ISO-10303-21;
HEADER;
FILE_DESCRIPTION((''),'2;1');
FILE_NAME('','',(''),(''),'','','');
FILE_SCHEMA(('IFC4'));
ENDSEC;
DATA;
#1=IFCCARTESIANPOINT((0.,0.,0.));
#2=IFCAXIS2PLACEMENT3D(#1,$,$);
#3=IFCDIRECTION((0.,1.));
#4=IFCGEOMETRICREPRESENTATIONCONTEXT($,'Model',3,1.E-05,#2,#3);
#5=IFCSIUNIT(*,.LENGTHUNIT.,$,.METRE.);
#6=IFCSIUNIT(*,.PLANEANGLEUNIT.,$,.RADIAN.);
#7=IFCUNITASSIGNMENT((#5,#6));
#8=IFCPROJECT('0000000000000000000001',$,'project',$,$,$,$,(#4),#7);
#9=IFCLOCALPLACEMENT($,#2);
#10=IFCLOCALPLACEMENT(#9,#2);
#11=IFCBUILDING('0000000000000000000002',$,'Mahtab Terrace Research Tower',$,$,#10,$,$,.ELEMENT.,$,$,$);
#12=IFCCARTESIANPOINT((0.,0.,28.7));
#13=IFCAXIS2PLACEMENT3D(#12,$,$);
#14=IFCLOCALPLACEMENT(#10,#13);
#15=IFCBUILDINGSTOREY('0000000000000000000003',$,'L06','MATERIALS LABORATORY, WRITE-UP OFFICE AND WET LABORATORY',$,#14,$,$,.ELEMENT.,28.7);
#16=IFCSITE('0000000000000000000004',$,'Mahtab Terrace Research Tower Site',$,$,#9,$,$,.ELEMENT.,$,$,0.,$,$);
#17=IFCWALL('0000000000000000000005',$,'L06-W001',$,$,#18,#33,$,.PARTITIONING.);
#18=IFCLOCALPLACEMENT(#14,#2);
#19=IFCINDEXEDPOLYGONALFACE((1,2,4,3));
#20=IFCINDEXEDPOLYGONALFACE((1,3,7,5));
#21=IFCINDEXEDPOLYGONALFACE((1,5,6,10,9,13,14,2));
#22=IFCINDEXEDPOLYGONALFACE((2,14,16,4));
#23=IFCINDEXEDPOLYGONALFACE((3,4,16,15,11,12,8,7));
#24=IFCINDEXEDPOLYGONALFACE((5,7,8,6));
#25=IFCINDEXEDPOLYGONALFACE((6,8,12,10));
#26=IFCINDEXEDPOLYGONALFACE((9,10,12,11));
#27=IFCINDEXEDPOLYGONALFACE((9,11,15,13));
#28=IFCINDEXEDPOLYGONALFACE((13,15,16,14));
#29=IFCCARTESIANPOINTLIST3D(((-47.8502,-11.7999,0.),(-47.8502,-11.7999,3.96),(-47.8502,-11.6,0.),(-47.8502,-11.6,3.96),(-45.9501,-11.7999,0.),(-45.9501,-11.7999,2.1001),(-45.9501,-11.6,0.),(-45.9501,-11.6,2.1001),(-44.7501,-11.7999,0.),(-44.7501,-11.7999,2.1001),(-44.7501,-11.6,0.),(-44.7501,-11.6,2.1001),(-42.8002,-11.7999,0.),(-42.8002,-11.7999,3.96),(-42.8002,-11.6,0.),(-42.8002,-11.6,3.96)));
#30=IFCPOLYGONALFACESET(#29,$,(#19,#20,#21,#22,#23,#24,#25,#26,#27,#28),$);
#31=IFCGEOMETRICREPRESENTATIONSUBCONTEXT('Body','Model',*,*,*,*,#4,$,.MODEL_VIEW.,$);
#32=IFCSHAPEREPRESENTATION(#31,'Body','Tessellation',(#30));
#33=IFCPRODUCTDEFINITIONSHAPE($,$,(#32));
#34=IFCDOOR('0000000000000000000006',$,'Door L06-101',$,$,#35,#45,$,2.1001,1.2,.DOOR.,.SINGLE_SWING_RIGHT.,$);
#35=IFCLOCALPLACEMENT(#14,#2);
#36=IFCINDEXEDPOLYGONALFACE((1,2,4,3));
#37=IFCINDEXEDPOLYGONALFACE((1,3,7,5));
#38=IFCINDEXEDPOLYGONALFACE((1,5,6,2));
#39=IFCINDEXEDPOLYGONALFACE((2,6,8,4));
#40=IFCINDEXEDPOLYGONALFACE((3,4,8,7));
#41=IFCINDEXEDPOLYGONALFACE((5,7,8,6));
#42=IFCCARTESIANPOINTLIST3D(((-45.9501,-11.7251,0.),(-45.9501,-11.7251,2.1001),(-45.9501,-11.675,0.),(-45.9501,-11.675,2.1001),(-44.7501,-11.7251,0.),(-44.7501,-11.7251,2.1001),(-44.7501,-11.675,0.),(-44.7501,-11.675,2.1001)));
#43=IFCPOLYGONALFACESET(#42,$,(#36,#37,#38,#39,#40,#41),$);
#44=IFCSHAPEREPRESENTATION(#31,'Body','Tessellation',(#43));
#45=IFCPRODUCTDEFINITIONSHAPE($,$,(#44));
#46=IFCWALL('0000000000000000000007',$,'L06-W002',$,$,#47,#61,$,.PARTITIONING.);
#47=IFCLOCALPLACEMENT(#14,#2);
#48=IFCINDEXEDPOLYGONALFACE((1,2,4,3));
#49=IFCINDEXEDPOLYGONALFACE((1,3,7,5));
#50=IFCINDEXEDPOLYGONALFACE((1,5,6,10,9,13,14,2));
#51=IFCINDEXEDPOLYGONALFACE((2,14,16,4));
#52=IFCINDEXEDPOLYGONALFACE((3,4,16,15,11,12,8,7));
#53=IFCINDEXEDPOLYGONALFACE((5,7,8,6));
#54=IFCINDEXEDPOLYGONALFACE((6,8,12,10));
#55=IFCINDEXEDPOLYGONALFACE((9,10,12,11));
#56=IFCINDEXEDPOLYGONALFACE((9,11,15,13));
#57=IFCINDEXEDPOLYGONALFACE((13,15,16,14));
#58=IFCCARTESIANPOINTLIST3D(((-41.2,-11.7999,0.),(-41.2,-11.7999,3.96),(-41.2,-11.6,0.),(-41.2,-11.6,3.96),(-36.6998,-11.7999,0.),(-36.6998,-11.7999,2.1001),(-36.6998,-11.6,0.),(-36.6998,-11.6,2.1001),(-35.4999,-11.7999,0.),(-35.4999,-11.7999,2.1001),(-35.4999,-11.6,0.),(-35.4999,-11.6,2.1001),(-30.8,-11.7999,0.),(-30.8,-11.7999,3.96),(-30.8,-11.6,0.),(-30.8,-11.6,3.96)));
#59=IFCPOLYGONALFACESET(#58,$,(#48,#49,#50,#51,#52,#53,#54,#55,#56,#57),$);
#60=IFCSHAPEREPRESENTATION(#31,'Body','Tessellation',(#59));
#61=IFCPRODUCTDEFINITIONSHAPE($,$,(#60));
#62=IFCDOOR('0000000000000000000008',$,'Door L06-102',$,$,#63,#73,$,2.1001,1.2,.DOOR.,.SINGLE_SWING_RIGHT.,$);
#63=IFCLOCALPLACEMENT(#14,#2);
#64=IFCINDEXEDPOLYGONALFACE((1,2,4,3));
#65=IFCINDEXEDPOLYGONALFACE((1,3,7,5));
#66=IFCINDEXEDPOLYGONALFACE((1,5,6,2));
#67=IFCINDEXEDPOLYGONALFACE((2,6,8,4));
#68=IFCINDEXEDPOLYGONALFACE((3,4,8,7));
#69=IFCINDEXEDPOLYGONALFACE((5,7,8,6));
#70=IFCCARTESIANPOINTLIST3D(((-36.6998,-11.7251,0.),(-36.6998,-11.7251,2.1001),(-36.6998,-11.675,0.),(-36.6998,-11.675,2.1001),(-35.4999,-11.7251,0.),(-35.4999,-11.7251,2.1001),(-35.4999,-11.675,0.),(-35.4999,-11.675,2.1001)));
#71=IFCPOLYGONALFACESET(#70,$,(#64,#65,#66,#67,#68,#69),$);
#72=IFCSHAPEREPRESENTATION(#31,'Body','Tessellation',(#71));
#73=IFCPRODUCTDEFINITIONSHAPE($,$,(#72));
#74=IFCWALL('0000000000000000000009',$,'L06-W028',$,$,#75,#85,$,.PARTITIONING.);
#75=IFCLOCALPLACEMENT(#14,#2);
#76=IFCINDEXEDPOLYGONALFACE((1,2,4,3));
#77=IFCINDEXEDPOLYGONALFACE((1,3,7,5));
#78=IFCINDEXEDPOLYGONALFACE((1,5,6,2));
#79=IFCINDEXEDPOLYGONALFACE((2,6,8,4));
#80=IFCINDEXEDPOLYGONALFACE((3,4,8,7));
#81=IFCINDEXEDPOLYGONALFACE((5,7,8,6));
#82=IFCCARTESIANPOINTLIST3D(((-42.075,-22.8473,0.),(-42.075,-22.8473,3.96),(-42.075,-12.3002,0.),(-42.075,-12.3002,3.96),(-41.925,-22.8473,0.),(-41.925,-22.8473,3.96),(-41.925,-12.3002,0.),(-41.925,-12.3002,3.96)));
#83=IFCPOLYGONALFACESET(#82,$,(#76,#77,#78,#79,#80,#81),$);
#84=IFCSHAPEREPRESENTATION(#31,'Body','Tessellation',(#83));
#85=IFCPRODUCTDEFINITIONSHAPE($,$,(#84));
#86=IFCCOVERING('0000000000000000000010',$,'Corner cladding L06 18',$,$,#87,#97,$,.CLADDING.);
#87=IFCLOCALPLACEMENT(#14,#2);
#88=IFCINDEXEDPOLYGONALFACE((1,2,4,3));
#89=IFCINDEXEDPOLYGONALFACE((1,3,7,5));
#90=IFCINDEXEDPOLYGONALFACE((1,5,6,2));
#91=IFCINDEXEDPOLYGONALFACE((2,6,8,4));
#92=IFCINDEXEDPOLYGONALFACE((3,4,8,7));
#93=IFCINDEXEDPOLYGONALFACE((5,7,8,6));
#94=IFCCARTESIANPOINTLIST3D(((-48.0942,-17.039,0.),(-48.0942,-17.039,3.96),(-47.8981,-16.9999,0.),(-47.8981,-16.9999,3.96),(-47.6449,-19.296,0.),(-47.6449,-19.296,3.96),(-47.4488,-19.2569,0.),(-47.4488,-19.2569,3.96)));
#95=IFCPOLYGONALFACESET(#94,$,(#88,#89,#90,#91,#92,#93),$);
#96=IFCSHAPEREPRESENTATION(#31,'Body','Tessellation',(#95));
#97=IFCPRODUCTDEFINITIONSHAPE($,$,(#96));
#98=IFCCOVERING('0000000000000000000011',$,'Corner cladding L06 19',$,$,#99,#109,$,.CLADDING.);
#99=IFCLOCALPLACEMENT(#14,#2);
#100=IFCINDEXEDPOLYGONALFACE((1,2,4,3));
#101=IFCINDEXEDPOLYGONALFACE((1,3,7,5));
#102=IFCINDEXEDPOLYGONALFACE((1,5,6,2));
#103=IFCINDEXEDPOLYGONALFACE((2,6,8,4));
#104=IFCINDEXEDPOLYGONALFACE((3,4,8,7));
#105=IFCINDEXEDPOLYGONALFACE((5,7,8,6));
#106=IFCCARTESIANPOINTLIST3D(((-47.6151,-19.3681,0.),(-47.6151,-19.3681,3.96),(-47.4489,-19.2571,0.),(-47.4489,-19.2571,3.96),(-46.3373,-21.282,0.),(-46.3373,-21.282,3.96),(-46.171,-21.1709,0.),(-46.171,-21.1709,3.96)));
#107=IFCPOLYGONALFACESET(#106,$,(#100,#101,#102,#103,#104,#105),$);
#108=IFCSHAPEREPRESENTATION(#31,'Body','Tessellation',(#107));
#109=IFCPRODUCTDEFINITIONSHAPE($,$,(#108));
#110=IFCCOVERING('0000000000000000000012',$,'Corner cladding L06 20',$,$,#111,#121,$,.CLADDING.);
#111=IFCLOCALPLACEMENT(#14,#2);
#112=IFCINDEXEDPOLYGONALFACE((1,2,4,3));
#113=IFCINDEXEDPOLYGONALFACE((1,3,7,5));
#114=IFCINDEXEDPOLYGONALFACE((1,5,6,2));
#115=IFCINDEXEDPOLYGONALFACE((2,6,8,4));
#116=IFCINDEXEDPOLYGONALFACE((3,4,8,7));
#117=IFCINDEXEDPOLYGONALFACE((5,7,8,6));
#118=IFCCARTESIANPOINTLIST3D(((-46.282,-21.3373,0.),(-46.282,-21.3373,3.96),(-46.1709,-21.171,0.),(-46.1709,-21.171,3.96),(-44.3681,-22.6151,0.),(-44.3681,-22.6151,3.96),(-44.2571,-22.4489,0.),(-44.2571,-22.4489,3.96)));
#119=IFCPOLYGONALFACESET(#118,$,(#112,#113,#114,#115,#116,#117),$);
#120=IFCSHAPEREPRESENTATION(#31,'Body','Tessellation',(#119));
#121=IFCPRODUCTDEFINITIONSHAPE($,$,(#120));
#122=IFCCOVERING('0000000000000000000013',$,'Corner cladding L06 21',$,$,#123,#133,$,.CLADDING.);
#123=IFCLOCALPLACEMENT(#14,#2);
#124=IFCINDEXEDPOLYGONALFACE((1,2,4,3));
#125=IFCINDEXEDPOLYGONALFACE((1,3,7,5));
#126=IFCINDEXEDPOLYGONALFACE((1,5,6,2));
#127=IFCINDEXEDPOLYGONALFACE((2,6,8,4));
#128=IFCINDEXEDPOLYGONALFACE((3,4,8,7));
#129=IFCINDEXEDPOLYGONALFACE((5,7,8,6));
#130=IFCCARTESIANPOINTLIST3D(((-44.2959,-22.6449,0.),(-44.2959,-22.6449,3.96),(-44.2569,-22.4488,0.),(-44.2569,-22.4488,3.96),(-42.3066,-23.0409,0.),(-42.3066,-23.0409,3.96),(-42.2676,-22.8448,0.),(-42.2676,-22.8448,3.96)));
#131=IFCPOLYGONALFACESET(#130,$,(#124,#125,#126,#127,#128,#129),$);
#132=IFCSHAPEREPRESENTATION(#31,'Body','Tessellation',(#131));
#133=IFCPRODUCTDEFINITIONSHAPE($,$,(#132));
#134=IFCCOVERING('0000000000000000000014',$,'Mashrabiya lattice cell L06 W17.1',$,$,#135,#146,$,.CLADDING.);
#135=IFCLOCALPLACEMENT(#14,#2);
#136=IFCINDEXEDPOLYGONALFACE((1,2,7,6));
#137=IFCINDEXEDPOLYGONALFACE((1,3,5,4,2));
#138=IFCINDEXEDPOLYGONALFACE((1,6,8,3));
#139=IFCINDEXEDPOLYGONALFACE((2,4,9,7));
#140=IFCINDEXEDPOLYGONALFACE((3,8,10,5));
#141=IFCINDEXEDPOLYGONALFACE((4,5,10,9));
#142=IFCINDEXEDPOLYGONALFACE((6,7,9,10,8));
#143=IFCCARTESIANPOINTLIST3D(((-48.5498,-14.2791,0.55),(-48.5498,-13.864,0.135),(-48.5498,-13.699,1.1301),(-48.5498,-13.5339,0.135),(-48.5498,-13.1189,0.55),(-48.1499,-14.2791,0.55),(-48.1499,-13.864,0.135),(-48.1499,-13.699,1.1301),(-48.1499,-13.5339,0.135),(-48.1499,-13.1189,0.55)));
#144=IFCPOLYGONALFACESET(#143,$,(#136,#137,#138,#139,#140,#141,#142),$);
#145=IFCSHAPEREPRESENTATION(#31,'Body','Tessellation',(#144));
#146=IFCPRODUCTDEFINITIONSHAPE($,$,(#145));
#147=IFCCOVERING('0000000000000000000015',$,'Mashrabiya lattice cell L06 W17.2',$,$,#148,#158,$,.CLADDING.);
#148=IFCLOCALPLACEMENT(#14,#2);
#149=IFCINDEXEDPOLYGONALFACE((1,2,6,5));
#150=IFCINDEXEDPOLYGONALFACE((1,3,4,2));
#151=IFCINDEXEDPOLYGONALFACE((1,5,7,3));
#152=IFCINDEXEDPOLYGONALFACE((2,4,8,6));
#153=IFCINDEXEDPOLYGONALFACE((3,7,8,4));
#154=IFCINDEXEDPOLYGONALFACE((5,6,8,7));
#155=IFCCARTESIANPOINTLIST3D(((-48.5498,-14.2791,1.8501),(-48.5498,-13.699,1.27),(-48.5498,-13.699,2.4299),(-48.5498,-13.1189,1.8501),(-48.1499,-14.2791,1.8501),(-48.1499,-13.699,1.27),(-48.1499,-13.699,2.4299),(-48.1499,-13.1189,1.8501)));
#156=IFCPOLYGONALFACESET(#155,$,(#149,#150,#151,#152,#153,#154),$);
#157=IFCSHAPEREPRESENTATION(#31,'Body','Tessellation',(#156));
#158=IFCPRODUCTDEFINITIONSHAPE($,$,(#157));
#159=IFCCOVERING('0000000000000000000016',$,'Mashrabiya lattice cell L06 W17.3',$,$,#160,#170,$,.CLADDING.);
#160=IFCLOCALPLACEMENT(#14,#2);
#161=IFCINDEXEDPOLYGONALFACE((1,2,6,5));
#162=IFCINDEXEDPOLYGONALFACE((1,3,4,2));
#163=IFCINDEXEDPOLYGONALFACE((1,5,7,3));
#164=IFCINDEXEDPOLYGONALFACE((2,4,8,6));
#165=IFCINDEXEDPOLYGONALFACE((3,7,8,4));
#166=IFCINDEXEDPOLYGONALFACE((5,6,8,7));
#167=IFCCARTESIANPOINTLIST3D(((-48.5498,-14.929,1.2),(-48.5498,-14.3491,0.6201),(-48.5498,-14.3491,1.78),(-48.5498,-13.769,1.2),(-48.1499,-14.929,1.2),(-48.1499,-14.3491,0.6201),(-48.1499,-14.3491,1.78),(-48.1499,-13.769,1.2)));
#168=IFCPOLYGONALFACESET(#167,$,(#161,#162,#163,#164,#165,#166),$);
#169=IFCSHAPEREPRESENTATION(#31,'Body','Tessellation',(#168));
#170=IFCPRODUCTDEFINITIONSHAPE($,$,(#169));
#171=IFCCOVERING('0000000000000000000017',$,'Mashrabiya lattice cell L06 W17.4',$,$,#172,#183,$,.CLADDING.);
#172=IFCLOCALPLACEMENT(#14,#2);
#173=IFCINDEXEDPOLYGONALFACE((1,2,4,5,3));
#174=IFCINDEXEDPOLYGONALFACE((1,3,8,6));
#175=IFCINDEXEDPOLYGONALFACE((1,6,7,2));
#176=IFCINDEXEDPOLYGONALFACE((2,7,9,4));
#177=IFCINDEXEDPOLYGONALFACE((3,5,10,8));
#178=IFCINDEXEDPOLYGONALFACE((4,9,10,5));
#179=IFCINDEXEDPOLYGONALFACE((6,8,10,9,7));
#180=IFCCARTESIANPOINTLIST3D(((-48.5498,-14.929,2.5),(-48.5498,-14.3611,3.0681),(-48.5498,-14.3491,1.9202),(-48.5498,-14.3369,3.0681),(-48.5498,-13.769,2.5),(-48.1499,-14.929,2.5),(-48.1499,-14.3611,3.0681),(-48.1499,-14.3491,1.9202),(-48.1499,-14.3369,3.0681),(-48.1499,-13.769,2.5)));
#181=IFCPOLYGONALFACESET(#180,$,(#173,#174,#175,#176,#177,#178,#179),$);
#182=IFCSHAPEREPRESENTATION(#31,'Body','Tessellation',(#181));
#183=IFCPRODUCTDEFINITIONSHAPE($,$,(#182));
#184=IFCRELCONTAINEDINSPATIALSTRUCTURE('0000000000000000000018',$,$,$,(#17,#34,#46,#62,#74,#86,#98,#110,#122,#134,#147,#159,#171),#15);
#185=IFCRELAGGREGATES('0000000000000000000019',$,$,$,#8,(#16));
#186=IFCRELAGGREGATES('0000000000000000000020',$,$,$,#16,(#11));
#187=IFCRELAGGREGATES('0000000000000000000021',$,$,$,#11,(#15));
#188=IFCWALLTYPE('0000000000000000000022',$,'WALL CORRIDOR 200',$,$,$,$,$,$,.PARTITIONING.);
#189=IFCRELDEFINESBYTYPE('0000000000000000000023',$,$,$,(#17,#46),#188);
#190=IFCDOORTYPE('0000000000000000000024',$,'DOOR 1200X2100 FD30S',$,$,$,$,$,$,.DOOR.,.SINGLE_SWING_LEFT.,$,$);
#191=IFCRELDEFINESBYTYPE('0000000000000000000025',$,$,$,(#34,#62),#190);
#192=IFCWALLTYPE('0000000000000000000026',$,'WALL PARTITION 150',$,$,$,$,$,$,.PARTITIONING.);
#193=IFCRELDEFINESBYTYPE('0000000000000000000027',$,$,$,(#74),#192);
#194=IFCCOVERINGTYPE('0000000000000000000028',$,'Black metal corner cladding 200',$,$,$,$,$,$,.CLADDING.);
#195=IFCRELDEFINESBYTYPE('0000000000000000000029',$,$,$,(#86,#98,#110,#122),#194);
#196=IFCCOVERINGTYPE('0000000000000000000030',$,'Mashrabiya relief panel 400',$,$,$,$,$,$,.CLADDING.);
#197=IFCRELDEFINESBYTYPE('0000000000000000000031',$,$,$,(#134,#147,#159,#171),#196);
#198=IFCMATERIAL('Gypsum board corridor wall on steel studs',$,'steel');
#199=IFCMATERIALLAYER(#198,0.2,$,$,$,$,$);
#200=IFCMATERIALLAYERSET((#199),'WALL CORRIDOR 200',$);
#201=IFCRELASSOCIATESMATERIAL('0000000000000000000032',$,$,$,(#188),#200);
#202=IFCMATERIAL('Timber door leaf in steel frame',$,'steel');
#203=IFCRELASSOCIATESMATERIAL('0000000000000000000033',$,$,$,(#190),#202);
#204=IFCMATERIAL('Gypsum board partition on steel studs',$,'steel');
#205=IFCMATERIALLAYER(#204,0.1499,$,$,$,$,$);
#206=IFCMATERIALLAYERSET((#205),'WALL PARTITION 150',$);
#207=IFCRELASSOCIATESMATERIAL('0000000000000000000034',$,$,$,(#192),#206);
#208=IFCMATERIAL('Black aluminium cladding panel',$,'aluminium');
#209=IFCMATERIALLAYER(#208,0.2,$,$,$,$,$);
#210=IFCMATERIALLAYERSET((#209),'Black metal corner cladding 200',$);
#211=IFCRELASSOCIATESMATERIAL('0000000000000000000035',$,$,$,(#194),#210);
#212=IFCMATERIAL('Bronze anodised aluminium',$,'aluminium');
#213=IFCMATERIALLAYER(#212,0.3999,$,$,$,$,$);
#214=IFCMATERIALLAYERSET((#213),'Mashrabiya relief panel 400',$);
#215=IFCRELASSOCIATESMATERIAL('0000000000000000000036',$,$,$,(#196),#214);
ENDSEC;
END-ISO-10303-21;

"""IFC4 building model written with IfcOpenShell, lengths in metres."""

from ifc_helpers import new_model, si_unit, direction, frame, frame_2d, origin, origin_2d, place, context, subcontext, project, spatial, polyline, rectangle, outline, extrude, material, layer, layer_set, type_object, element, fill, save


model = new_model("IFC4")

# Units and contexts
model_context = context("Model", 3, precision=1e-05, world=origin(), true_north=direction((0.0, 1.0)))
body_context = subcontext(model_context, "Body", "Model", "MODEL_VIEW")
ifc_project = project(units=[si_unit("LENGTHUNIT", "METRE"), si_unit("PLANEANGLEUNIT", "RADIAN")], contexts=[model_context])

# Site, building, storey
site_placement = place(None, origin())
site = spatial("IfcSite", under=ifc_project, at=site_placement, Name="Mahtab Terrace Research Tower Site", CompositionType="ELEMENT", RefElevation=0.0)
building_placement = place(site_placement, origin())
building = spatial("IfcBuilding", under=site, at=building_placement, Name="Mahtab Terrace Research Tower", CompositionType="ELEMENT")
storey_placement = place(building_placement, frame((0.0, 0.0, 28.7)))
storey = spatial("IfcBuildingStorey", under=building, at=storey_placement, Name="L06", Description="MATERIALS LABORATORY, WRITE-UP OFFICE AND WET LABORATORY", CompositionType="ELEMENT", Elevation=28.7)

# Shared definitions
ifc_material_1 = material(Name="Black aluminium cladding panel", Category="aluminium")

# Walls, openings, doors
ifc_material_2 = material(Name="Gypsum board corridor wall on steel studs", Category="steel")
ifc_layer_1 = layer(ifc_material_2, 0.2)
ifc_layer_set_1 = layer_set([ifc_layer_1], Name="WALL CORRIDOR 200")
wall_type_1 = type_object("IfcWallType", Name="WALL CORRIDOR 200", PredefinedType="PARTITIONING", material=ifc_layer_set_1)
wall_1_placement = place(storey_placement, frame((-47.8501, -11.7, 0.0), z_axis=(0.0, 0.0, 1.0), x_axis=(1.0, 0.0, 0.0)))
wall_1 = element("IfcWall", 1, at=wall_1_placement, inside=storey, type_object=wall_type_1, Name="L06-W001", PredefinedType="PARTITIONING", context=body_context, shape_type="SweptSolid", body=[
    extrude(rectangle(XDim=5.05, YDim=0.2, at=frame_2d((2.5249, 0.0))), origin(), (0.0, 0.0, 1.0), 3.96),
])
opening_1_placement = place(wall_1_placement, frame((1.8999, 0.0, 0.0)))
opening_1 = element("IfcOpeningElement", 2, at=opening_1_placement, cuts=wall_1, PredefinedType="OPENING", context=body_context, shape_type="SweptSolid", body=[
    extrude(rectangle(XDim=1.2, YDim=2.1001, at=frame_2d((0.6001, 1.05))), frame((0.0, 0.1099, 0.0), z_axis=(0.0, -1.0, 0.0), x_axis=(1.0, 0.0, 0.0)), (0.0, 0.0, 1.0), 0.22),
])
ifc_material_3 = material(Name="Timber door leaf in steel frame", Category="steel")
door_type = type_object("IfcDoorType", Name="DOOR 1200X2100 FD30S", OperationType="SINGLE_SWING_LEFT", PredefinedType="DOOR", material=ifc_material_3)
door_1_placement = place(opening_1_placement, origin())
door_1 = element("IfcDoor", 3, at=door_1_placement, inside=storey, type_object=door_type, Name="Door L06-101", OperationType="SINGLE_SWING_RIGHT", OverallHeight=2.1001, OverallWidth=1.2, PredefinedType="DOOR", context=body_context, shape_type="SweptSolid", body=[
    extrude(rectangle(XDim=1.2, YDim=2.1001, at=frame_2d((0.6001, 1.05))), frame((0.0, 0.0249, 0.0), z_axis=(0.0, -1.0, 0.0), x_axis=(1.0, 0.0, 0.0)), (0.0, 0.0, 1.0), 0.05),
])
fill(opening_1, door_1)
wall_2_placement = place(storey_placement, frame((-41.2, -11.7, 0.0), z_axis=(0.0, 0.0, 1.0), x_axis=(1.0, 0.0, 0.0)))
wall_2 = element("IfcWall", 4, at=wall_2_placement, inside=storey, type_object=wall_type_1, Name="L06-W002", PredefinedType="PARTITIONING", context=body_context, shape_type="SweptSolid", body=[
    extrude(rectangle(XDim=10.3999, YDim=0.2, at=frame_2d((5.2, 0.0))), origin(), (0.0, 0.0, 1.0), 3.96),
])
opening_2_placement = place(wall_2_placement, frame((4.5, 0.0, 0.0)))
opening_2 = element("IfcOpeningElement", 5, at=opening_2_placement, cuts=wall_2, PredefinedType="OPENING", context=body_context, shape_type="SweptSolid", body=[
    extrude(rectangle(XDim=1.2, YDim=2.1001, at=frame_2d((0.6001, 1.05))), frame((0.0, 0.1099, 0.0), z_axis=(0.0, -1.0, 0.0), x_axis=(1.0, 0.0, 0.0)), (0.0, 0.0, 1.0), 0.22),
])
door_2_placement = place(opening_2_placement, origin())
door_2 = element("IfcDoor", 6, at=door_2_placement, inside=storey, type_object=door_type, Name="Door L06-102", OperationType="SINGLE_SWING_RIGHT", OverallHeight=2.1001, OverallWidth=1.2, PredefinedType="DOOR", context=body_context, shape_type="SweptSolid", body=[
    extrude(rectangle(XDim=1.2, YDim=2.1001, at=frame_2d((0.6001, 1.05))), frame((0.0, 0.0249, 0.0), z_axis=(0.0, -1.0, 0.0), x_axis=(1.0, 0.0, 0.0)), (0.0, 0.0, 1.0), 0.05),
])
fill(opening_2, door_2)

# Wall
ifc_material_4 = material(Name="Gypsum board partition on steel studs", Category="steel")
ifc_layer_2 = layer(ifc_material_4, 0.1499)
ifc_layer_set_2 = layer_set([ifc_layer_2], Name="WALL PARTITION 150")
wall_type_2 = type_object("IfcWallType", Name="WALL PARTITION 150", PredefinedType="PARTITIONING", material=ifc_layer_set_2)
wall_3_placement = place(storey_placement, frame((-42.0, -22.8472, 0.0), z_axis=(0.0, 0.0, 1.0), x_axis=(0.0, 1.0, 0.0)))
element("IfcWall", 7, at=wall_3_placement, inside=storey, type_object=wall_type_2, Name="L06-W028", PredefinedType="PARTITIONING", context=body_context, shape_type="SweptSolid", body=[
    extrude(rectangle(XDim=10.5471, YDim=0.1499, at=frame_2d((5.2734, 0.0))), origin(), (0.0, 0.0, 1.0), 3.96),
])

# Coverings
ifc_layer_3 = layer(ifc_material_1, 0.2)
ifc_layer_set_3 = layer_set([ifc_layer_3], Name="Black metal corner cladding 200")
covering_type_1 = type_object("IfcCoveringType", Name="Black metal corner cladding 200", PredefinedType="CLADDING", material=ifc_layer_set_3)
for number, where, z_axis, x_axis, name in (
    (8, (-47.7715, -18.1479, 0.0), (0.0, 0.0, 1.0), (0.195212, -0.980761, 0.0), "Corner cladding L06 18"),
    (9, (-46.8931, -20.2695, 0.0), (0.0, 0.0, 1.0), (0.555291, -0.831656, 0.0), "Corner cladding L06 19"),
    (10, (-45.2695, -21.8931, 0.0), (0.0, 0.0, 1.0), (0.831656, -0.555291, 0.0), "Corner cladding L06 20"),
):
    element("IfcCovering", number, at=place(storey_placement, frame(where, z_axis=z_axis, x_axis=x_axis)), inside=storey, type_object=covering_type_1, Name=name, PredefinedType="CLADDING", context=body_context, shape_type="SweptSolid", body=[
        extrude(rectangle(XDim=2.3013, YDim=0.2, at=origin_2d()), origin(), (0.0, 0.0, 1.0), 3.96),
    ])
covering_1_placement = place(storey_placement, frame((-43.2817, -22.7449, 0.0), z_axis=(0.0, 0.0, 1.0), x_axis=(0.980761, -0.195212, 0.0)))
element("IfcCovering", 11, at=covering_1_placement, inside=storey, type_object=covering_type_1, Name="Corner cladding L06 21", PredefinedType="CLADDING", context=body_context, shape_type="SweptSolid", body=[
    extrude(rectangle(XDim=2.0283, YDim=0.2, at=origin_2d()), origin(), (0.0, 0.0, 1.0), 3.96),
])
ifc_material_5 = material(Name="Bronze anodised aluminium", Category="aluminium")
ifc_layer_4 = layer(ifc_material_5, 0.3999)
ifc_layer_set_4 = layer_set([ifc_layer_4], Name="Mashrabiya relief panel 400")
covering_type_2 = type_object("IfcCoveringType", Name="Mashrabiya relief panel 400", PredefinedType="CLADDING", material=ifc_layer_set_4)
covering_2_placement = place(storey_placement, frame((-48.1499, -13.1189, 0.55), z_axis=(1.0, 0.0, 0.0), x_axis=(0.0, -0.707107, 0.707107)))
element("IfcCovering", 12, at=covering_2_placement, inside=storey, type_object=covering_type_2, Name="Mashrabiya lattice cell L06 W17.1", PredefinedType="CLADDING", context=body_context, shape_type="SweptSolid", body=[
    extrude(outline(polyline([(0.0, 0.0), (0.8204, 0.0), (0.8204, 0.8204), (0.2334, 0.8204), (0.0, 0.587), (0.0, 0.0)])), origin(), (0.0, 0.0, -1.0), 0.3999),
])
covering_3_placement = place(storey_placement, frame((-48.1499, -13.699, 2.4299), z_axis=(1.0, 0.0, 0.0), x_axis=(0.0, -0.707256, -0.706958)))
element("IfcCovering", 13, at=covering_3_placement, inside=storey, type_object=covering_type_2, Name="Mashrabiya lattice cell L06 W17.2", PredefinedType="CLADDING", context=body_context, shape_type="SweptSolid", body=[
    extrude(outline(polyline([(0.0, 0.0), (0.8202, 0.0), (0.82, 0.8204), (-0.0003, 0.8202), (0.0, 0.0)])), origin(), (0.0, 0.0, -1.0), 0.3999),
])
covering_4_placement = place(storey_placement, frame((-48.1499, -14.3491, 1.78), z_axis=(1.0, 0.0, 0.0), x_axis=(0.0, -0.706958, -0.707256)))
element("IfcCovering", 14, at=covering_4_placement, inside=storey, type_object=covering_type_2, Name="Mashrabiya lattice cell L06 W17.3", PredefinedType="CLADDING", context=body_context, shape_type="SweptSolid", body=[
    extrude(outline(polyline([(0.0, 0.0), (0.8202, 0.0), (0.8204, 0.82), (0.0002, 0.8204), (0.0, 0.0)])), origin(), (0.0, 0.0, -1.0), 0.3999),
])
covering_5_placement = place(storey_placement, frame((-48.1499, -14.929, 2.5), z_axis=(1.0, 0.0, 0.0), x_axis=(0.0, 0.707107, -0.707107)))
element("IfcCovering", 15, at=covering_5_placement, inside=storey, type_object=covering_type_2, Name="Mashrabiya lattice cell L06 W17.4", PredefinedType="CLADDING", context=body_context, shape_type="SweptSolid", body=[
    extrude(outline(polyline([(0.0, 0.0), (0.82, 0.0), (0.8202, 0.8202), (0.0169, 0.8204), (-0.0002, 0.8033), (0.0, 0.0)])), origin(), (0.0, 0.0, -1.0), 0.3999),
])

save(model, "model.ifc")
